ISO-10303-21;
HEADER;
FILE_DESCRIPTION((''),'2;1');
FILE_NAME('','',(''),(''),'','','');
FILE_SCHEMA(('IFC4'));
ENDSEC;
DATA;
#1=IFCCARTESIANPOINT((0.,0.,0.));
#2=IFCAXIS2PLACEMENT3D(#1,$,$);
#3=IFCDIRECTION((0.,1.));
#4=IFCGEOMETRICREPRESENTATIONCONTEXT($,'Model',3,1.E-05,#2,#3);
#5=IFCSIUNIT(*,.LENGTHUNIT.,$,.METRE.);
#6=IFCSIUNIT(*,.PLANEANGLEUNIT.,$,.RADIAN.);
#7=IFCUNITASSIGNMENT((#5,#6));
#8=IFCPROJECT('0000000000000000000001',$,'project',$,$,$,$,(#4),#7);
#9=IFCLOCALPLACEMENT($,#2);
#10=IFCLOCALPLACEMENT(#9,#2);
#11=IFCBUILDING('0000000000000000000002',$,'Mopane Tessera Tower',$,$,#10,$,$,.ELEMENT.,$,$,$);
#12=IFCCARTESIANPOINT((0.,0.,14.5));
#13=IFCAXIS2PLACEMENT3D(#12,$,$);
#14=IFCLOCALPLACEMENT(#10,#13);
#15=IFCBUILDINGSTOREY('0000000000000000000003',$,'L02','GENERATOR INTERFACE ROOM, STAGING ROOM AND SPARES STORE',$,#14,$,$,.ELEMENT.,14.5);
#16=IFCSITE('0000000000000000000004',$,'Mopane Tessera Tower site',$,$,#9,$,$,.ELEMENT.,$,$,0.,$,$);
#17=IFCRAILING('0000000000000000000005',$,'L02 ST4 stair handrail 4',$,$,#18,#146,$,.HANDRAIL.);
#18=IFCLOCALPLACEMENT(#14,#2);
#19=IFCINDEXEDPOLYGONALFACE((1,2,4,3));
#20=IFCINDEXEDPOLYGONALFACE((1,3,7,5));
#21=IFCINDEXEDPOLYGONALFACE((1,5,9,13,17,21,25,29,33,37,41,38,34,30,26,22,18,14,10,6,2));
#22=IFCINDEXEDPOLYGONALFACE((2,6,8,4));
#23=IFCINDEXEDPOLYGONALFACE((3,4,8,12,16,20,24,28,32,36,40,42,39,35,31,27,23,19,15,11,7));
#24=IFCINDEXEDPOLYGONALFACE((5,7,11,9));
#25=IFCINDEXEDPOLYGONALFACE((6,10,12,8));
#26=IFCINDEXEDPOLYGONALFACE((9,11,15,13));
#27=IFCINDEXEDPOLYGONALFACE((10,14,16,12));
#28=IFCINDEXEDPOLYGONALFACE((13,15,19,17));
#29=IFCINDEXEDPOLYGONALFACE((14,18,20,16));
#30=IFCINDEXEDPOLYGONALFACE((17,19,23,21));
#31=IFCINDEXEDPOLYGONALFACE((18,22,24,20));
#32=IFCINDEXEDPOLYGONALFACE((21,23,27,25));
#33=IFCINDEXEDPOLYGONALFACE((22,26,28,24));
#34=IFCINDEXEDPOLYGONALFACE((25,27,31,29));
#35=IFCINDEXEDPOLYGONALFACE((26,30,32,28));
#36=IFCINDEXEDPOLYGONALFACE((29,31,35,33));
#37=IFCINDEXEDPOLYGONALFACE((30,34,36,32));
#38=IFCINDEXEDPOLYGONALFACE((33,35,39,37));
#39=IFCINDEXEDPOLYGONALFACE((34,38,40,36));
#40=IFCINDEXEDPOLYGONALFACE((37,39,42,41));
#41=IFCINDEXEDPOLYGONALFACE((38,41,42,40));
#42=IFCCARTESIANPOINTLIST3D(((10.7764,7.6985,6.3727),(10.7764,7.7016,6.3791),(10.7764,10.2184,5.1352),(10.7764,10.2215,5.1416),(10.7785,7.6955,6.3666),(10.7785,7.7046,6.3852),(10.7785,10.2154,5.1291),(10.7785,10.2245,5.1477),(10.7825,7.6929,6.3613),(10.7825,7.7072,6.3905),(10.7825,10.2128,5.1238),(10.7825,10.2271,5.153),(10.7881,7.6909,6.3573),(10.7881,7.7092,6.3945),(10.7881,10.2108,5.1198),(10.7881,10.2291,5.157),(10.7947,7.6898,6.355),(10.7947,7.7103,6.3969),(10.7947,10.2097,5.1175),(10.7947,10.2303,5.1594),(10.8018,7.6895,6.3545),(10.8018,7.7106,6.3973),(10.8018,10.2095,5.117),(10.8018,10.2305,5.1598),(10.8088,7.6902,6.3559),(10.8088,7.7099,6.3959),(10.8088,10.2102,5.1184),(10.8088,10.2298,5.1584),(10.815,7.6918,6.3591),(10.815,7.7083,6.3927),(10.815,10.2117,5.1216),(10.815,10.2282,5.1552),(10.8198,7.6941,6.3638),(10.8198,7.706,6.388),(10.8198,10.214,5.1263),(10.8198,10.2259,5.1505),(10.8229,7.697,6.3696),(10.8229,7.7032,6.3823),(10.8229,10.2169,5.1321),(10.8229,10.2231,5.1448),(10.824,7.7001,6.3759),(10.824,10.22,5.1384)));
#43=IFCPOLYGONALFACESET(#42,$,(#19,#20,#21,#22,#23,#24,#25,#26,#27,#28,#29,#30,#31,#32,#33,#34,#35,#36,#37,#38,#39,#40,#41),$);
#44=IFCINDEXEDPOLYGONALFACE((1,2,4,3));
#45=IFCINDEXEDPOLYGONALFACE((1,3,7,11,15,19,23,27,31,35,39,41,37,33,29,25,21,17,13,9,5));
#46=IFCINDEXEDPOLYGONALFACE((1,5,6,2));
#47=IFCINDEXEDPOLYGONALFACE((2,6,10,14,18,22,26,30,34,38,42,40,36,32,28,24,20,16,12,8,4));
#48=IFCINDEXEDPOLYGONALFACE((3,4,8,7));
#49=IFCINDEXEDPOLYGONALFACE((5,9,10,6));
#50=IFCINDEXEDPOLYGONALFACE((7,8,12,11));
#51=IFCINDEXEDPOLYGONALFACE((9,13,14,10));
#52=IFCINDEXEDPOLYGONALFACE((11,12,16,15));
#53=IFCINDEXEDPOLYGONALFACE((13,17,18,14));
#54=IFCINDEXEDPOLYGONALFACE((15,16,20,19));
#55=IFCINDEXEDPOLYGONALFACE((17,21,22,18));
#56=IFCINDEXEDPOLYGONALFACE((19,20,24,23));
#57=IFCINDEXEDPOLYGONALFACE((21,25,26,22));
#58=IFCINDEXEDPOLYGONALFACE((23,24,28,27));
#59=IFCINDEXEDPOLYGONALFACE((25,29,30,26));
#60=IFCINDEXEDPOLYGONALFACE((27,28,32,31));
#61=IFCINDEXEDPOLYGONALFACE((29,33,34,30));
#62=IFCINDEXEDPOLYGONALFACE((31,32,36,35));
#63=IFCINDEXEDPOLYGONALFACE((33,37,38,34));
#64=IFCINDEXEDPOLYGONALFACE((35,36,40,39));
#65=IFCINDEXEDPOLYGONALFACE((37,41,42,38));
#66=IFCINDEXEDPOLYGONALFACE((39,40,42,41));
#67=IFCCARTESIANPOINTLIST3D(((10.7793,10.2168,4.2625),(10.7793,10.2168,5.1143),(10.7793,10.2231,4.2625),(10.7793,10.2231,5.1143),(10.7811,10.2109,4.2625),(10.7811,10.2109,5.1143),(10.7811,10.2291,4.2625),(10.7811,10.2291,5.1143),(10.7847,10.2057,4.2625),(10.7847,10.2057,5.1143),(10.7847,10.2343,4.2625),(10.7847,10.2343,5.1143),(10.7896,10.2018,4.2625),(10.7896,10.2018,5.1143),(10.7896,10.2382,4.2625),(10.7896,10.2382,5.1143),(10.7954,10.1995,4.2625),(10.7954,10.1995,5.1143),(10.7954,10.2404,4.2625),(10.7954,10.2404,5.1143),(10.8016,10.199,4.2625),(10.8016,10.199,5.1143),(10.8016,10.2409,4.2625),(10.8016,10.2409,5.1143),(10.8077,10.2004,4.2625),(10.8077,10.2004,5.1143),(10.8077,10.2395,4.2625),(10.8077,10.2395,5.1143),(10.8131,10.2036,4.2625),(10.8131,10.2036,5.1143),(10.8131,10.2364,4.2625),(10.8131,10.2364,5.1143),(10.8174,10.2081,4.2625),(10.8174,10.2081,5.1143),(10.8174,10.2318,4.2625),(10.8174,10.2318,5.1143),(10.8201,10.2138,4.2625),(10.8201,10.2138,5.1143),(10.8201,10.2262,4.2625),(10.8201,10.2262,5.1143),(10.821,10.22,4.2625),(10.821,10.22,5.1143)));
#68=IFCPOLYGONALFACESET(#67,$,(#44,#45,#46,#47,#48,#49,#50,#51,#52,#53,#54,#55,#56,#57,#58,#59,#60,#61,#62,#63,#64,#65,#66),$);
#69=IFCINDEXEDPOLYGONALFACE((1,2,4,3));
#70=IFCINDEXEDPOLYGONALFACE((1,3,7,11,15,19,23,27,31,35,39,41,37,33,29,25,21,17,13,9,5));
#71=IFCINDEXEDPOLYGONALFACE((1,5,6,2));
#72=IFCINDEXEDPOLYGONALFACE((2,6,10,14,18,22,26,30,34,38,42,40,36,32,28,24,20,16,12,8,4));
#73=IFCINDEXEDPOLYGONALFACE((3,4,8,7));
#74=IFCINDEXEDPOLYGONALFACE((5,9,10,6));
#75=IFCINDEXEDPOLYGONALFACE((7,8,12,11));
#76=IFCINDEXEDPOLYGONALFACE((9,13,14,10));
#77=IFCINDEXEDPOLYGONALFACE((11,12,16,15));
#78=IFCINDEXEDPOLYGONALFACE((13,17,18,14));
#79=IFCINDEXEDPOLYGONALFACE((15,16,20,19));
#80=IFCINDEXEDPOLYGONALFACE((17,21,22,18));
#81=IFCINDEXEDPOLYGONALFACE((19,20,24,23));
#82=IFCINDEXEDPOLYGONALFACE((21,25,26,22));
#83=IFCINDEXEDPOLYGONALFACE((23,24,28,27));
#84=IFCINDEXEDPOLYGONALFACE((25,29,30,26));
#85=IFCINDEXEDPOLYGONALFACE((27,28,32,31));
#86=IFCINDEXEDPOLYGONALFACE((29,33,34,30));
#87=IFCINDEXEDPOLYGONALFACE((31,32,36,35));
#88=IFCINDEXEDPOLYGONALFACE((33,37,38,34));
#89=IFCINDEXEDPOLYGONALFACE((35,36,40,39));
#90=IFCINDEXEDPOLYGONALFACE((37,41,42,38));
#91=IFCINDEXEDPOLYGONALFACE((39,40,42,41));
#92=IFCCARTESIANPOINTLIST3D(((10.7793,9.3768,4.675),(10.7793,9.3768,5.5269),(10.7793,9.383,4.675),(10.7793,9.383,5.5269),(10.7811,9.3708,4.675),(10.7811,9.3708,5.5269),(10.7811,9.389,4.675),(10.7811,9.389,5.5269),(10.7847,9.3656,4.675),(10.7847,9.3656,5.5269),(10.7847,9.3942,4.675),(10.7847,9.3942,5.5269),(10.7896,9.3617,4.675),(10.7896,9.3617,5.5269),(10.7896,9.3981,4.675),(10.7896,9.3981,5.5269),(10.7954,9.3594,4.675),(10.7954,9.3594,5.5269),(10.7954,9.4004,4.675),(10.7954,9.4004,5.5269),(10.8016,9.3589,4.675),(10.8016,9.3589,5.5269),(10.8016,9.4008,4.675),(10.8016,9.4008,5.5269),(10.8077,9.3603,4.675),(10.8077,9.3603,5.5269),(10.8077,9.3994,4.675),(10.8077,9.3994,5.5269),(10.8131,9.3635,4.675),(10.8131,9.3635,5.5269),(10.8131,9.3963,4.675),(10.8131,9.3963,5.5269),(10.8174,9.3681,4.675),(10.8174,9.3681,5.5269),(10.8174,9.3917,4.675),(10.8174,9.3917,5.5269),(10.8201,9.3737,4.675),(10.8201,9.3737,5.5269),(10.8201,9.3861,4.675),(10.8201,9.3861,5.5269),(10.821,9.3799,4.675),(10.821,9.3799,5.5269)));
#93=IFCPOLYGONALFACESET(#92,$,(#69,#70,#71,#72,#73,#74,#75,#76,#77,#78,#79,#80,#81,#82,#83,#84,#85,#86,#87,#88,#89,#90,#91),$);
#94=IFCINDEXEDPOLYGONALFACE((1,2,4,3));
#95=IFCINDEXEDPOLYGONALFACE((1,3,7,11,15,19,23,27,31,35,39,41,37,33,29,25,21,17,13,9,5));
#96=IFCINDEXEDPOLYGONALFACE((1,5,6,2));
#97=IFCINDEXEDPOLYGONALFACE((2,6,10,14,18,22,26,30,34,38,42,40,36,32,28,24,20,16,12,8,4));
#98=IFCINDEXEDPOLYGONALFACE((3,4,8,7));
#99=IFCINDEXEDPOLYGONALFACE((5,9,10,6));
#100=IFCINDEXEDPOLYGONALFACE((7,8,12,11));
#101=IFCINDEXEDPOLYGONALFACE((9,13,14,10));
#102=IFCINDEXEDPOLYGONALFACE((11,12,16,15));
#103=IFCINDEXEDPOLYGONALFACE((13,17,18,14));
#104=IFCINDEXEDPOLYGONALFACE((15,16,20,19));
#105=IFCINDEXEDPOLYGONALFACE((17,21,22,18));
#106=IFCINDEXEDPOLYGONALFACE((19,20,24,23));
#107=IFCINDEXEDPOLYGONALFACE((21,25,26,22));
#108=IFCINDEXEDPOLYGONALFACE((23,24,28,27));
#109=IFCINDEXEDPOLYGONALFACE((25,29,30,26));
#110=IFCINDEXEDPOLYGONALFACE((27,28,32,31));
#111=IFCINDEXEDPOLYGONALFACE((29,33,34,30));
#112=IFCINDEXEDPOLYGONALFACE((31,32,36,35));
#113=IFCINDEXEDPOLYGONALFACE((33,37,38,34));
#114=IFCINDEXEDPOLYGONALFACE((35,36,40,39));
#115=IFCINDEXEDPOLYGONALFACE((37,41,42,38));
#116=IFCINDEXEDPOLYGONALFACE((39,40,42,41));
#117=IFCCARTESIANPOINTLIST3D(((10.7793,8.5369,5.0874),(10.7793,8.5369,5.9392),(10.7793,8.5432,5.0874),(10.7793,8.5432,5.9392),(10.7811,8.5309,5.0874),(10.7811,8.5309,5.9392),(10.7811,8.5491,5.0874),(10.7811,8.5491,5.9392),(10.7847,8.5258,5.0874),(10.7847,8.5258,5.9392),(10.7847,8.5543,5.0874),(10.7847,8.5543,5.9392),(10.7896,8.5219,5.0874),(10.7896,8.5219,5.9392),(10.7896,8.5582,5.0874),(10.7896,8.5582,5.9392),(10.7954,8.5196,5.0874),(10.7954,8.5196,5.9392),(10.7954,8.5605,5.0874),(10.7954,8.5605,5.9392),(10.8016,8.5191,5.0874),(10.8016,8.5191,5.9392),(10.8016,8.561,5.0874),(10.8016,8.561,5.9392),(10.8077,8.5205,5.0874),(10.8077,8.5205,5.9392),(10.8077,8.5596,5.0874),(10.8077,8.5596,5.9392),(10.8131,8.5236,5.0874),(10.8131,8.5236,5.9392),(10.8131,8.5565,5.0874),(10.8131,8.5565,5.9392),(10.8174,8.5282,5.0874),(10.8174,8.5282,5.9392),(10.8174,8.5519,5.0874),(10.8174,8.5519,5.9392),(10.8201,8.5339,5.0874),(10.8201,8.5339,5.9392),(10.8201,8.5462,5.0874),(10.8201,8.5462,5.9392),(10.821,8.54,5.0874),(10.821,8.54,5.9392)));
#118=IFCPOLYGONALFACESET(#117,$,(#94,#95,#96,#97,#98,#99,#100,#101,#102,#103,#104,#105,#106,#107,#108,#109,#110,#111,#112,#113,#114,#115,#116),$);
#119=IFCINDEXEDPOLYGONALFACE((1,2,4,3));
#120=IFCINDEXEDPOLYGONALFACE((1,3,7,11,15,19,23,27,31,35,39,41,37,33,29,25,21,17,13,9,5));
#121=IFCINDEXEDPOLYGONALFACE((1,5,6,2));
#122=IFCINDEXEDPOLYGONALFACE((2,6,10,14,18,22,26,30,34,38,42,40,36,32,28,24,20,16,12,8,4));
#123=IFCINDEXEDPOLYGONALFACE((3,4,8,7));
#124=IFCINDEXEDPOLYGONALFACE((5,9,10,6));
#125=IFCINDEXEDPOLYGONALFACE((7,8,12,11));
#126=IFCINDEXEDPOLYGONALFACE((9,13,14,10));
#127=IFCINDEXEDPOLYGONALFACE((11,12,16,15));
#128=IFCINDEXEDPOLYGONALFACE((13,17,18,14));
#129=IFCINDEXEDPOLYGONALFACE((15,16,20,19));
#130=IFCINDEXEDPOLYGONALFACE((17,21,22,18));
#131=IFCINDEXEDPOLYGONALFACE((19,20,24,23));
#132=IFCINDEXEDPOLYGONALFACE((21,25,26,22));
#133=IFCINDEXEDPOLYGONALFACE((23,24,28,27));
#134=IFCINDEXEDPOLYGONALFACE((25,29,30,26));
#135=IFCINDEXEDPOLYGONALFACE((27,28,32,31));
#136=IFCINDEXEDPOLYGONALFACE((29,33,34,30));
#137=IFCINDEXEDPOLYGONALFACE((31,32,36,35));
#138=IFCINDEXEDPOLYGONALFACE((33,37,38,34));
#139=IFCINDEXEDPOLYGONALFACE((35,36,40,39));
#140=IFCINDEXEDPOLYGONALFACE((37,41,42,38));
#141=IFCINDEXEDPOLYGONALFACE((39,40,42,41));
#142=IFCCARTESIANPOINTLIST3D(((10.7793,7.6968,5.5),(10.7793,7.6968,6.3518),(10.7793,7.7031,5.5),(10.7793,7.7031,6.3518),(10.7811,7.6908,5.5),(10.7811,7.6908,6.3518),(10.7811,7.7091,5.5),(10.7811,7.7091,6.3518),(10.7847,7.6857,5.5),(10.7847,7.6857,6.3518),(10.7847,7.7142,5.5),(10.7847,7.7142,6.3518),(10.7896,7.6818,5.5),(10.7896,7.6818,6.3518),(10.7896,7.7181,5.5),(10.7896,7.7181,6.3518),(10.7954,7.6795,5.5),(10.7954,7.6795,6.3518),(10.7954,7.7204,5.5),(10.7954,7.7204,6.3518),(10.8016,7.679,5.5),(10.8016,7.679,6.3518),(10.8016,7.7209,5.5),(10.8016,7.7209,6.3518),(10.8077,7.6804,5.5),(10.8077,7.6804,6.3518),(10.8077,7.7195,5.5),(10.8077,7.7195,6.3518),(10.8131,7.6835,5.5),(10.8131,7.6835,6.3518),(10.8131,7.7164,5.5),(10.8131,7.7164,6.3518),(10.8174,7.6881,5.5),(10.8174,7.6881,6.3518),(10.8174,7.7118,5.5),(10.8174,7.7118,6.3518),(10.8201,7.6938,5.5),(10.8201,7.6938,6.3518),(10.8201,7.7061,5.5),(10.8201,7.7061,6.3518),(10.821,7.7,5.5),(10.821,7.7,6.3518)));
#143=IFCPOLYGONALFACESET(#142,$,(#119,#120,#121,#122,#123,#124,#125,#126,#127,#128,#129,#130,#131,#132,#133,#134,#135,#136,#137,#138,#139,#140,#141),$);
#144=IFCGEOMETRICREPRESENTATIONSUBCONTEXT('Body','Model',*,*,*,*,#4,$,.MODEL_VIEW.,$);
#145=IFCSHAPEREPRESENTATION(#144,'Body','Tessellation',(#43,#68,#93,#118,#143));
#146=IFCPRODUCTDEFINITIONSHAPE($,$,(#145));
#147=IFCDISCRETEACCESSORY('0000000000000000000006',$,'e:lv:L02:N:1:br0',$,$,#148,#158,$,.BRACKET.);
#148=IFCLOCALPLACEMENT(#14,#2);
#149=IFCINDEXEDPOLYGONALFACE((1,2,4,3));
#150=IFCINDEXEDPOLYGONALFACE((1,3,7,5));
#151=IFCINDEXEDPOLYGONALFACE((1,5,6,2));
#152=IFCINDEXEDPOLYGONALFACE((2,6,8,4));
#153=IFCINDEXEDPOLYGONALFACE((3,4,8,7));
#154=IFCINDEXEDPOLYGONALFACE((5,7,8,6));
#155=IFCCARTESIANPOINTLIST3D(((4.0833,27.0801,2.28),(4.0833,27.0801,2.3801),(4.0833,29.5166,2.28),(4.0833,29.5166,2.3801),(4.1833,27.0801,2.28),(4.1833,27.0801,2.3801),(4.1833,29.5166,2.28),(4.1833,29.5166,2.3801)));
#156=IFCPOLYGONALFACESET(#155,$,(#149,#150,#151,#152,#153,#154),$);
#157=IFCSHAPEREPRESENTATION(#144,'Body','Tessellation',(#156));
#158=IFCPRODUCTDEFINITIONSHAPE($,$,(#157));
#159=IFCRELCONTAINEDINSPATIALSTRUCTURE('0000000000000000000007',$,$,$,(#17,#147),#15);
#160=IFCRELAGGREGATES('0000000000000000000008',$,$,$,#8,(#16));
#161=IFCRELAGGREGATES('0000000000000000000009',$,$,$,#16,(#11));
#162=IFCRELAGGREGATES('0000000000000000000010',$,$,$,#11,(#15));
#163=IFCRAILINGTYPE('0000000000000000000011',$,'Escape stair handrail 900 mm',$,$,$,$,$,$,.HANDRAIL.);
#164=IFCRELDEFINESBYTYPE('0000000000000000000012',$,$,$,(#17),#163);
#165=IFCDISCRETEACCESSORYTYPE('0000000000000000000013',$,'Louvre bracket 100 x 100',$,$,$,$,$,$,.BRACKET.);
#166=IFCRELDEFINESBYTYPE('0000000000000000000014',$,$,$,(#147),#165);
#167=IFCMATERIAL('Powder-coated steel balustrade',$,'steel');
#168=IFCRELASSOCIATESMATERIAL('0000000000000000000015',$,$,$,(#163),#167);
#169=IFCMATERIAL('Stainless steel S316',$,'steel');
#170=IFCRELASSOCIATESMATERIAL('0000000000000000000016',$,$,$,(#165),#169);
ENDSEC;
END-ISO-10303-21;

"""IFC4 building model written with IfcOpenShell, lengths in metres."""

from ifc_helpers import new_model, si_unit, direction, frame, origin, origin_2d, place, context, subcontext, project, spatial, rectangle, circle, extrude, material, type_object, element, save


model = new_model("IFC4")

# Units and contexts
model_context = context("Model", 3, precision=1e-05, world=origin(), true_north=direction((0.0, 1.0)))
body_context = subcontext(model_context, "Body", "Model", "MODEL_VIEW")
ifc_project = project(units=[si_unit("LENGTHUNIT", "METRE"), si_unit("PLANEANGLEUNIT", "RADIAN")], contexts=[model_context])

# Site, building, storey
site_placement = place(None, origin())
site = spatial("IfcSite", under=ifc_project, at=site_placement, Name="Mopane Tessera Tower site", CompositionType="ELEMENT", RefElevation=0.0)
building_placement = place(site_placement, origin())
building = spatial("IfcBuilding", under=site, at=building_placement, Name="Mopane Tessera Tower", CompositionType="ELEMENT")
storey_placement = place(building_placement, frame((0.0, 0.0, 14.5)))
storey = spatial("IfcBuildingStorey", under=building, at=storey_placement, Name="L02", Description="GENERATOR INTERFACE ROOM, STAGING ROOM AND SPARES STORE", CompositionType="ELEMENT", Elevation=14.5)

# Railing
ifc_material_1 = material(Name="Powder-coated steel balustrade", Category="steel")
railing_type_1 = type_object("IfcRailingType", Name="Escape stair handrail 900 mm", PredefinedType="HANDRAIL", material=ifc_material_1)
for number, where, name in (
    (1, (10.8, 10.22, 4.2625), "L02 ST4 stair handrail 4"),
):
    element("IfcRailing", number, at=place(storey_placement, frame(where)), inside=storey, type_object=railing_type_1, Name=name, PredefinedType="HANDRAIL", context=body_context, shape_type="SweptSolid", body=[
        extrude(circle(Radius=0.0239, at=origin_2d()), frame((0.0, 0.0, 0.876), z_axis=(0.0, -0.897604, 0.440802), x_axis=(1.0, 0.0, 0.0)), (0.0, 0.0, 1.0), 2.8074),
        extrude(circle(Radius=0.021, at=origin_2d()), origin(), (0.0, 0.0, 1.0), 0.8518),
        extrude(circle(Radius=0.021, at=origin_2d()), frame((0.0, -0.8401, 0.4126)), (0.0, 0.0, 1.0), 0.8518),
        extrude(circle(Radius=0.021, at=origin_2d()), frame((0.0, -1.6799, 0.825)), (0.0, 0.0, 1.0), 0.8518),
        extrude(circle(Radius=0.021, at=origin_2d()), frame((0.0, -2.52, 1.2375)), (0.0, 0.0, 1.0), 0.8518),
    ])

# Discrete accessory
ifc_material_2 = material(Name="Stainless steel S316", Category="steel")
discrete_accessory_type = type_object("IfcDiscreteAccessoryType", Name="Louvre bracket 100 x 100", PredefinedType="BRACKET", material=ifc_material_2)
discrete_accessory_placement = place(storey_placement, frame((4.1333, 28.2983, 2.28), z_axis=(0.0, 0.0, 1.0), x_axis=(0.0, 1.0, 0.0)))
element("IfcDiscreteAccessory", 2, at=discrete_accessory_placement, inside=storey, type_object=discrete_accessory_type, Name="e:lv:L02:N:1:br0", PredefinedType="BRACKET", context=body_context, shape_type="SweptSolid", body=[
    extrude(rectangle(XDim=2.4365, YDim=0.1001, at=origin_2d()), origin(), (0.0, 0.0, 1.0), 0.1001),
])

save(model, "model.ifc")
